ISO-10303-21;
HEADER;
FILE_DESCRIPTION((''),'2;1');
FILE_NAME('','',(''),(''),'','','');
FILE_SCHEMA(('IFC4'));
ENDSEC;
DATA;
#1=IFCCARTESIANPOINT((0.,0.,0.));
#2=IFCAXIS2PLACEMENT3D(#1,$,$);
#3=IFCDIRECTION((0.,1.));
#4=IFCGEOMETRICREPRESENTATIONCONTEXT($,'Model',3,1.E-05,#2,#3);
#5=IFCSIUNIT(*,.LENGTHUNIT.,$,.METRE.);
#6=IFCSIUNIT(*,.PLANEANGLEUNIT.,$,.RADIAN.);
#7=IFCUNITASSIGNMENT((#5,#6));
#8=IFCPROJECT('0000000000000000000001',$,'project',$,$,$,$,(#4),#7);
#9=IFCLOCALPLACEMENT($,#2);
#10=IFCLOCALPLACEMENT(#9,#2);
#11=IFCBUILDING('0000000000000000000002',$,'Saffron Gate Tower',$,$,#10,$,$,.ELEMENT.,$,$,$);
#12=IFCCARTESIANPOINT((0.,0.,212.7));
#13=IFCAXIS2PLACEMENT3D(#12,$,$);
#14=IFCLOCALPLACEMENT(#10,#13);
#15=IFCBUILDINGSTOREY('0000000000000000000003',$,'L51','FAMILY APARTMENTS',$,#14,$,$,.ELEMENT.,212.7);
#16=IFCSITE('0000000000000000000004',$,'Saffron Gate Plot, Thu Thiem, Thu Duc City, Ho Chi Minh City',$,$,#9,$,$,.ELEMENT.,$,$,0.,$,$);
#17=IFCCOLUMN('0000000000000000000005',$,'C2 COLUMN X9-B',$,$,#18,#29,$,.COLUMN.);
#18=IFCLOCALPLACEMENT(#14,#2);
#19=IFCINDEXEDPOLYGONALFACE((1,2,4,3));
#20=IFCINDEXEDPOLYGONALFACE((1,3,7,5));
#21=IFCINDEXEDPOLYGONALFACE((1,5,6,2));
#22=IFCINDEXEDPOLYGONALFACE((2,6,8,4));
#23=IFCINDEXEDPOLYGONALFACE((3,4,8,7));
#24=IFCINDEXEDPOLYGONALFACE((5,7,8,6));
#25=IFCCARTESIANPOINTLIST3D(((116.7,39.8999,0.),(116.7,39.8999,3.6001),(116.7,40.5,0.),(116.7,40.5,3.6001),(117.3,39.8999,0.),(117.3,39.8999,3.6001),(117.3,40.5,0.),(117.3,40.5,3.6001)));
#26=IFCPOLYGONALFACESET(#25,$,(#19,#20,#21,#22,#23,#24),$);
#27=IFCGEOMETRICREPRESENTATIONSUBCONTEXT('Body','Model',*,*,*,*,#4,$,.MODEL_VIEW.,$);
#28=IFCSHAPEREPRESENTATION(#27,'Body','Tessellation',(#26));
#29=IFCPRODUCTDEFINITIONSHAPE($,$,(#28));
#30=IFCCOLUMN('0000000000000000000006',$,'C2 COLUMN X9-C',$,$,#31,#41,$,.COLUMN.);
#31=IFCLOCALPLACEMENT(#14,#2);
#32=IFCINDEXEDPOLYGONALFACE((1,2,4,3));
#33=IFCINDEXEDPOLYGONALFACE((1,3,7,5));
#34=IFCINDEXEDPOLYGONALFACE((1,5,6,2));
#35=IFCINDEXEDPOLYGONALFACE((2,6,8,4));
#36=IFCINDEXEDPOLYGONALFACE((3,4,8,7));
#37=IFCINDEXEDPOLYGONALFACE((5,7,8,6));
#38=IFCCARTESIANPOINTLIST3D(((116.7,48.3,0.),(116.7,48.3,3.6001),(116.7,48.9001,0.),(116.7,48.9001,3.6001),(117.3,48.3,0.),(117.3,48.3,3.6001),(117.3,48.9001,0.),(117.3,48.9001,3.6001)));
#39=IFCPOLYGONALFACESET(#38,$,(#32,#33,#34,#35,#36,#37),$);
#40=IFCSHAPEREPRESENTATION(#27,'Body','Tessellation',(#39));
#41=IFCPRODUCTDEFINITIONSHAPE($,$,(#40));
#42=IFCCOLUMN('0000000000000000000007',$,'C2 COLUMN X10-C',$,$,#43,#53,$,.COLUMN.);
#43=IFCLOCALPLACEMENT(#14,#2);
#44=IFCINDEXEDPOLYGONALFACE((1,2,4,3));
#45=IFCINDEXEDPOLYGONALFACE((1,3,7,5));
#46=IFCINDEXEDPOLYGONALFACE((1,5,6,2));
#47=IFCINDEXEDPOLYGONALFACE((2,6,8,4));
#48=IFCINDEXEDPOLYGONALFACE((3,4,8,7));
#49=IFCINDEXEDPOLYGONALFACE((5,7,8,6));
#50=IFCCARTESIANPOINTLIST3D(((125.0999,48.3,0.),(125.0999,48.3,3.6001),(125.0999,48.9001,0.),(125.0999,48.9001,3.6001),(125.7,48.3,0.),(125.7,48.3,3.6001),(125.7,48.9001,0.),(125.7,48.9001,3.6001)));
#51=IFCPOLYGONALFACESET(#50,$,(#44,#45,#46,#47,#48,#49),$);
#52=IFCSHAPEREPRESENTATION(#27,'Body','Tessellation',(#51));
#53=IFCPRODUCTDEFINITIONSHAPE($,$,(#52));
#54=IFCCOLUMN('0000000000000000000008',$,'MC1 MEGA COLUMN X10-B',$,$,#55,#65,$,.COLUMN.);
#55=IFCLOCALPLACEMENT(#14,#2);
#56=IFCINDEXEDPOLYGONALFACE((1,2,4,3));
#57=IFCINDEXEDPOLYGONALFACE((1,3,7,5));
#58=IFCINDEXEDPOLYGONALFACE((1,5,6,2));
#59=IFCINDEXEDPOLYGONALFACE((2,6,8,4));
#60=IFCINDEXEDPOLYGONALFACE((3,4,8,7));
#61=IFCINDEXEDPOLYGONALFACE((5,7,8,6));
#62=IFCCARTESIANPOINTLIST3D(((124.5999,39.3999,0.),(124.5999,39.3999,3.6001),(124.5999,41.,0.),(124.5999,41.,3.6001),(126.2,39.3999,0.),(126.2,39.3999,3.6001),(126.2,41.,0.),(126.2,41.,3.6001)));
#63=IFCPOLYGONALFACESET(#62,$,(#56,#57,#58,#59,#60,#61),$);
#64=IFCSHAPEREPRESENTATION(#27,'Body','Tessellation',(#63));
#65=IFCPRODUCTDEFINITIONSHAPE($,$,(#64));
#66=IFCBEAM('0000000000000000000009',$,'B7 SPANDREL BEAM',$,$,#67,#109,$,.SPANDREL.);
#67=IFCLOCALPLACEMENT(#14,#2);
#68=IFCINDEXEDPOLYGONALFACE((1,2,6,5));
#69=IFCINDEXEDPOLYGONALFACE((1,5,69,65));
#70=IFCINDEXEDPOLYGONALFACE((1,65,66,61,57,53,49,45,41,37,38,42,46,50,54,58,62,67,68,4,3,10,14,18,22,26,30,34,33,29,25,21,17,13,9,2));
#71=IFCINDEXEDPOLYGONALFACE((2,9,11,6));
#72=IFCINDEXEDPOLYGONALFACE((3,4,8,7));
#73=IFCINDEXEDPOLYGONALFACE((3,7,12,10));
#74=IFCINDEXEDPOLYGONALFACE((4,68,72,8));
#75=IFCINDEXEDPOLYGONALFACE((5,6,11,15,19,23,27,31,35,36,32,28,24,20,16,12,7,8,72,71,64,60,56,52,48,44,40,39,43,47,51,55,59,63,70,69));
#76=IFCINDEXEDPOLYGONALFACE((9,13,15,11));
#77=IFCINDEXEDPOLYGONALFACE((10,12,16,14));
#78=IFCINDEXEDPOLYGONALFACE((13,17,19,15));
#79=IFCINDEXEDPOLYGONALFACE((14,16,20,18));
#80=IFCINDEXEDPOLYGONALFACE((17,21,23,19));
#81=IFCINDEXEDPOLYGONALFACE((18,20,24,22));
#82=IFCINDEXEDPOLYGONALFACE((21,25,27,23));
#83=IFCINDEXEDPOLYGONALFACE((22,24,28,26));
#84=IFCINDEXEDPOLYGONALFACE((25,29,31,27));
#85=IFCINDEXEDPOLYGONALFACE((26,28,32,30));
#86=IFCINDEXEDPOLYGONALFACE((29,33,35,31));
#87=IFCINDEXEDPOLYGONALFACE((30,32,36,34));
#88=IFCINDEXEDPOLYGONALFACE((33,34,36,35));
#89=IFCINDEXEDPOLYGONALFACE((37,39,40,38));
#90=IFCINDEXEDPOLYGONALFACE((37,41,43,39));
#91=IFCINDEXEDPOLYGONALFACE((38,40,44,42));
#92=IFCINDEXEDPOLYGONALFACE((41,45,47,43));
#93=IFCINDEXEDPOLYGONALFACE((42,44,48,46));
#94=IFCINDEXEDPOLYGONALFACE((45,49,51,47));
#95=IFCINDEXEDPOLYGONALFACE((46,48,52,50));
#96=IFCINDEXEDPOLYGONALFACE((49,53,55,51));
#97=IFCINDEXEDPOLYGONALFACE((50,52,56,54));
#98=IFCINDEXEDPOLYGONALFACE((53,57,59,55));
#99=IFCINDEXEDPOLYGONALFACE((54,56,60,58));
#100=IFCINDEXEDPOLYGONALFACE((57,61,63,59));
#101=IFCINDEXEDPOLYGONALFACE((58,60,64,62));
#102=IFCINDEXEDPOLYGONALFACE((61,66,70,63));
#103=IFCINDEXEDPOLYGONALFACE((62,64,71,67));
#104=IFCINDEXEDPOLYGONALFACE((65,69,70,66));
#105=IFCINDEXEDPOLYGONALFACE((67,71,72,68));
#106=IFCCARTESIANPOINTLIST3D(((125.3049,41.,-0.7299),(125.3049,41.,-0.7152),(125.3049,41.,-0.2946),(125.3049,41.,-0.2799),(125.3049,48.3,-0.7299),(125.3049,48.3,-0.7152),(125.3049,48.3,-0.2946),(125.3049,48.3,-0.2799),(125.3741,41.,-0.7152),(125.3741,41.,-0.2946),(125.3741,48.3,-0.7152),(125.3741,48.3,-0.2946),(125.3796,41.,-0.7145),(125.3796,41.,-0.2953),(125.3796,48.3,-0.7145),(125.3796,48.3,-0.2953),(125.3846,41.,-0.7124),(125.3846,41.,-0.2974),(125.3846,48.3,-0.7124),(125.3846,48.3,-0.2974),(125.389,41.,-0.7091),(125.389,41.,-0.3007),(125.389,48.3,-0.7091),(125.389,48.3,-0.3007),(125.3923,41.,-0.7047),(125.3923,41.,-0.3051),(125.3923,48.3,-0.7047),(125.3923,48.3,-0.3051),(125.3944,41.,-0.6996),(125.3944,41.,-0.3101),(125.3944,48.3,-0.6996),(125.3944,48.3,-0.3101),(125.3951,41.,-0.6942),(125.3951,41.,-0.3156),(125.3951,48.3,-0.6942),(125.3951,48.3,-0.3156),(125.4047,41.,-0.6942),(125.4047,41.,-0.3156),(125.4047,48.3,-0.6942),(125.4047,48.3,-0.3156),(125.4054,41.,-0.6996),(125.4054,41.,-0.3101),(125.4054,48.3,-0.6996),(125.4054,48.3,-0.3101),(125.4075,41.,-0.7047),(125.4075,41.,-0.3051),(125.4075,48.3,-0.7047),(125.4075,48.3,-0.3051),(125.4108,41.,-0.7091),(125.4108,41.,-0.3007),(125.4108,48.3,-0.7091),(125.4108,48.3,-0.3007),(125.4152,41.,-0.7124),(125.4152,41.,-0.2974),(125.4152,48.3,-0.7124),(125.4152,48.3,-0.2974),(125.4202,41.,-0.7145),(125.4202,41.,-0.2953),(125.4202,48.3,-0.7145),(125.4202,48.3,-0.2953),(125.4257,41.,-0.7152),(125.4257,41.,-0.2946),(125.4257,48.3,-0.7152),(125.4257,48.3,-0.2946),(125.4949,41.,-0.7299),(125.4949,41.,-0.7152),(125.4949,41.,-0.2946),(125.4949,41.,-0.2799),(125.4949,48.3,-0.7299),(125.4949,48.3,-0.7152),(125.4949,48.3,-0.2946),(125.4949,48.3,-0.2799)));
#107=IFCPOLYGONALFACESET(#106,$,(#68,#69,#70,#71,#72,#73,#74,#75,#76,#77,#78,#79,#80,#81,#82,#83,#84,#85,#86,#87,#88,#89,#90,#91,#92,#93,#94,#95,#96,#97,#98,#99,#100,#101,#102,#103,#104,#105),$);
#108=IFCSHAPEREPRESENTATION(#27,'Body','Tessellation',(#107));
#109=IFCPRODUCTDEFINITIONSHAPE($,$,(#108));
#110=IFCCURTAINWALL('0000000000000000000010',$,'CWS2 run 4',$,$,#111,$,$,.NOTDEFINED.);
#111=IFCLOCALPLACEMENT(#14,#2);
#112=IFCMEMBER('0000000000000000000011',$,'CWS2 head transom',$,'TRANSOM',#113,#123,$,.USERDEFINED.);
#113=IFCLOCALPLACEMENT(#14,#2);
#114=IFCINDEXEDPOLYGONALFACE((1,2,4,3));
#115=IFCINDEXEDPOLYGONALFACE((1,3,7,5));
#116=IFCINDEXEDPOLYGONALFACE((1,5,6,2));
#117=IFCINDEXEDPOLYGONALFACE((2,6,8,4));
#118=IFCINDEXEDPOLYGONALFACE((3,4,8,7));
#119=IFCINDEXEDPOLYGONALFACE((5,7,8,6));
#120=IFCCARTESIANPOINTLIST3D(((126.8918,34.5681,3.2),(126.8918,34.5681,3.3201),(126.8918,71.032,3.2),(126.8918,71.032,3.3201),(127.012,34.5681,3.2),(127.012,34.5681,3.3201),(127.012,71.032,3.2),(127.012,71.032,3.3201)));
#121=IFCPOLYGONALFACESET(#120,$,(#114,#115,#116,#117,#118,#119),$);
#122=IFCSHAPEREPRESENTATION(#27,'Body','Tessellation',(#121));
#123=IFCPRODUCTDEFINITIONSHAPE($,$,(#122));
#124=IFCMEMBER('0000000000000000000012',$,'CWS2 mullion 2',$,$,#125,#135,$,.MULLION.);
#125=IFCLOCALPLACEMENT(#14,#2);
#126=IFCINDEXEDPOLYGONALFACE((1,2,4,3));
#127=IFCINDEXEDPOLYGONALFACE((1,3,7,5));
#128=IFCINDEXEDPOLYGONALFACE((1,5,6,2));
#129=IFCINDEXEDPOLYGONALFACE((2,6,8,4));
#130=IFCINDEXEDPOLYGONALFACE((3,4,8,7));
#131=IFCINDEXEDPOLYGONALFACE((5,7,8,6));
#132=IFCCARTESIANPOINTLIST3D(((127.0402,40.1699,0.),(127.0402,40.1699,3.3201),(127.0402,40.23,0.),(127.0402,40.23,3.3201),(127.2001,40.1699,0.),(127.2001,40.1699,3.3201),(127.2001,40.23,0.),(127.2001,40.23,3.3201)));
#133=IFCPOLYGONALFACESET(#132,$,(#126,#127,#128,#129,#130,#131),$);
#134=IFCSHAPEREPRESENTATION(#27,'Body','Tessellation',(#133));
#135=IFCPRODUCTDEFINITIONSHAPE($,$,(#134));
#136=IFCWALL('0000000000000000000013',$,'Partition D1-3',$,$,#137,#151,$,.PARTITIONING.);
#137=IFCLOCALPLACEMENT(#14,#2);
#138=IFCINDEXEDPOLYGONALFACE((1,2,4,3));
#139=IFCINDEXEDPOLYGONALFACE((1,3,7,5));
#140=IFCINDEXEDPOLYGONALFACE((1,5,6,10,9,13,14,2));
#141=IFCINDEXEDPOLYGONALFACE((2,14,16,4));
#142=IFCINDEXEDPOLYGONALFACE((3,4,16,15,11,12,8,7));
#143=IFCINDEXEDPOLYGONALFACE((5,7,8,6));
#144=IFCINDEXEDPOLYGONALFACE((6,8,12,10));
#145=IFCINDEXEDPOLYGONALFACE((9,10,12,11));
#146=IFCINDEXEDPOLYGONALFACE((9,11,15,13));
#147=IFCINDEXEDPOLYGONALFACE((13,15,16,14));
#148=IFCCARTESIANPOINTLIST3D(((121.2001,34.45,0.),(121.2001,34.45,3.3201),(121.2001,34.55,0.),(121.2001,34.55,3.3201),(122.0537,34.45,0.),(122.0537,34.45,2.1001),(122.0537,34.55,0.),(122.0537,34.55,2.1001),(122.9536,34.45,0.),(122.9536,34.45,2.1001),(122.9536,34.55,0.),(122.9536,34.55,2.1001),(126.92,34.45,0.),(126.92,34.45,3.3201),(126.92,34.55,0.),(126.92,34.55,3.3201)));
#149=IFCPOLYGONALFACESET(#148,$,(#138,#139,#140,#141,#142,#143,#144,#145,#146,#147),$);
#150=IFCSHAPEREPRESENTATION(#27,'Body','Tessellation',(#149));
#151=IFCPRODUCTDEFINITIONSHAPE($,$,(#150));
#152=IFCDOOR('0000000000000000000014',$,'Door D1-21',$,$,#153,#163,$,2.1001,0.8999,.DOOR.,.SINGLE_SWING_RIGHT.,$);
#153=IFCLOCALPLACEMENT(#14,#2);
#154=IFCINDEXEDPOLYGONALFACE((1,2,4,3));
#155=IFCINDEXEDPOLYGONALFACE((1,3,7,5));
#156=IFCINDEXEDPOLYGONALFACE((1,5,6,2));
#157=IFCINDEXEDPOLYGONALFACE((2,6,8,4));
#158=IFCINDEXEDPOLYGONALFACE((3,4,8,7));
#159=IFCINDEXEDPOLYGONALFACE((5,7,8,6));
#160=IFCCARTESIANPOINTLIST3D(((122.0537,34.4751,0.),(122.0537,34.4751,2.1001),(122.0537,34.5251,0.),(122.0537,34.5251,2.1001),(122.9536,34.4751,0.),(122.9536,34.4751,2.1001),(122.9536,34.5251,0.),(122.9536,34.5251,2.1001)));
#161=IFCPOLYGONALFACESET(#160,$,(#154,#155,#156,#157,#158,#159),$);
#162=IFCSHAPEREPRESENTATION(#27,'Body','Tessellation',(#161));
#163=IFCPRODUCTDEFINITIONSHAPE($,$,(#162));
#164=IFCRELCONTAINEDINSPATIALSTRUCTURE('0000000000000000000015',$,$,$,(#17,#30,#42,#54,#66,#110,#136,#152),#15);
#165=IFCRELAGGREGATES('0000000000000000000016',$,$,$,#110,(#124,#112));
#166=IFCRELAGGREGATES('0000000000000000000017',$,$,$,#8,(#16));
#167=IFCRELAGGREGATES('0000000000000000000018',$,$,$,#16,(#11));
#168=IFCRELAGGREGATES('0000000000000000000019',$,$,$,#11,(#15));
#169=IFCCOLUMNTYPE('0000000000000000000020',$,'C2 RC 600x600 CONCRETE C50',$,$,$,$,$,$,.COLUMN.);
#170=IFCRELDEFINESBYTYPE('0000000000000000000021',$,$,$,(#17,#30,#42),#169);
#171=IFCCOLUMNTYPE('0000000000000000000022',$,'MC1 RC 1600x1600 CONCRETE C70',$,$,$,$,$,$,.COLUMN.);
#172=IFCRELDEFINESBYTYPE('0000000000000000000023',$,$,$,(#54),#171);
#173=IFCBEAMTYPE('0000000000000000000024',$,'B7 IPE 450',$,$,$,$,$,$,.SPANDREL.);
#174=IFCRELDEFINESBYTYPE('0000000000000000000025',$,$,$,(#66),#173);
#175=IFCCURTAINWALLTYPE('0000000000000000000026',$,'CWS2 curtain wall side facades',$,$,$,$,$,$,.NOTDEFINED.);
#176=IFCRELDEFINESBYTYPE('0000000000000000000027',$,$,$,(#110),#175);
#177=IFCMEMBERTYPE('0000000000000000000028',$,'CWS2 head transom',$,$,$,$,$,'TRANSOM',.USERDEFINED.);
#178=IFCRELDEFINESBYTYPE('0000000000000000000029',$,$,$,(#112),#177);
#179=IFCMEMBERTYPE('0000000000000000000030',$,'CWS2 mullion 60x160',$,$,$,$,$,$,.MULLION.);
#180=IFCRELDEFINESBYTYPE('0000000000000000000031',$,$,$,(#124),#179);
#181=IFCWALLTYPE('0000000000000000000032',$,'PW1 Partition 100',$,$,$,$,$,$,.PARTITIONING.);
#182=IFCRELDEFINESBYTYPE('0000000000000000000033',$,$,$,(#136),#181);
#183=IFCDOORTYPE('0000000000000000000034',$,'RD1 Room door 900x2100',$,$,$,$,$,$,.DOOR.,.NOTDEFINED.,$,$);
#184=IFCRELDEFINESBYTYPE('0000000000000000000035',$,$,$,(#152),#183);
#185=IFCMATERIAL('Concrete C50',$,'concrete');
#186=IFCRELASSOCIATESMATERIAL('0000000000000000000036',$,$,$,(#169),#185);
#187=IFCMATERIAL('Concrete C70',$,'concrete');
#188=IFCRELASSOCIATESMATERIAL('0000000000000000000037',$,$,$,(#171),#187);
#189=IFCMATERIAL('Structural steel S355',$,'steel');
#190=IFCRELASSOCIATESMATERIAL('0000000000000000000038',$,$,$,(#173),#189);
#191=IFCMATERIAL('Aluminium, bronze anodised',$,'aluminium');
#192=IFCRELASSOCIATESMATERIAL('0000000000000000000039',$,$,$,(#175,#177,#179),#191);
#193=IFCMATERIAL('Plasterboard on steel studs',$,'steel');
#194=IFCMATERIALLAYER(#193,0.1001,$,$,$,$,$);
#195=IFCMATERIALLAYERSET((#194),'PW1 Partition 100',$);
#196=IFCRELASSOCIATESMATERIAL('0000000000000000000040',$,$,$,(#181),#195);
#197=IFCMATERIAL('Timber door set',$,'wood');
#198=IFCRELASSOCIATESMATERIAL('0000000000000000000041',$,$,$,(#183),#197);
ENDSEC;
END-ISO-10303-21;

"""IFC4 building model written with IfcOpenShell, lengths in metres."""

from ifc_helpers import new_model, si_unit, direction, frame, frame_2d, origin, origin_2d, place, context, subcontext, project, spatial, rectangle, i_section, extrude, material, layer, layer_set, material_profile, profile_set, type_object, element, fill, aggregate, save


model = new_model("IFC4")

# Units and contexts
model_context = context("Model", 3, precision=1e-05, world=origin(), true_north=direction((0.0, 1.0)))
body_context = subcontext(model_context, "Body", "Model", "MODEL_VIEW")
ifc_project = project(units=[si_unit("LENGTHUNIT", "METRE"), si_unit("PLANEANGLEUNIT", "RADIAN")], contexts=[model_context])

# Site, building, storey
site_placement = place(None, origin())
site = spatial("IfcSite", under=ifc_project, at=site_placement, Name="Saffron Gate Plot, Thu Thiem, Thu Duc City, Ho Chi Minh City", CompositionType="ELEMENT", RefElevation=0.0)
building_placement = place(site_placement, origin())
building = spatial("IfcBuilding", under=site, at=building_placement, Name="Saffron Gate Tower", CompositionType="ELEMENT")
storey_placement = place(building_placement, frame((0.0, 0.0, 212.7)))
storey = spatial("IfcBuildingStorey", under=building, at=storey_placement, Name="L51", Description="FAMILY APARTMENTS", CompositionType="ELEMENT", Elevation=212.7)

# Columns
ifc_material_1 = material(Name="Concrete C50", Category="concrete")
ifc_material_profile_1 = material_profile(ifc_material_1, rectangle(XDim=0.6001, YDim=0.6001, at=origin_2d()))
ifc_profile_set_1 = profile_set([ifc_material_profile_1], Name="Concrete C50")
column_type_1 = type_object("IfcColumnType", Name="C2 RC 600x600 CONCRETE C50", PredefinedType="COLUMN", material=ifc_profile_set_1)
for number, where, z_axis, x_axis, name in (
    (1, (117.0, 40.2, 0.0), (0.0, 0.0, 1.0), (1.0, 0.0, 0.0), "C2 COLUMN X9-B"),
    (2, (117.0, 48.6001, 0.0), (0.0, 0.0, 1.0), (1.0, 0.0, 0.0), "C2 COLUMN X9-C"),
    (3, (125.3999, 48.6001, 0.0), (0.0, 0.0, 1.0), (1.0, 0.0, 0.0), "C2 COLUMN X10-C"),
):
    element("IfcColumn", number, at=place(storey_placement, frame(where, z_axis=z_axis, x_axis=x_axis)), inside=storey, type_object=column_type_1, Name=name, PredefinedType="COLUMN", context=body_context, shape_type="SweptSolid", body=[
        extrude(rectangle(XDim=0.6001, YDim=0.6001, at=origin_2d()), origin(), (0.0, 0.0, 1.0), 3.6001),
    ])
ifc_material_2 = material(Name="Concrete C70", Category="concrete")
ifc_material_profile_2 = material_profile(ifc_material_2, rectangle(XDim=1.6001, YDim=1.6001, at=origin_2d()))
ifc_profile_set_2 = profile_set([ifc_material_profile_2], Name="Concrete C70")
column_type_2 = type_object("IfcColumnType", Name="MC1 RC 1600x1600 CONCRETE C70", PredefinedType="COLUMN", material=ifc_profile_set_2)
column_placement = place(storey_placement, frame((125.3999, 40.2, 0.0), z_axis=(0.0, 0.0, 1.0), x_axis=(1.0, 0.0, 0.0)))
element("IfcColumn", 4, at=column_placement, inside=storey, type_object=column_type_2, Name="MC1 MEGA COLUMN X10-B", PredefinedType="COLUMN", context=body_context, shape_type="SweptSolid", body=[
    extrude(rectangle(XDim=1.6001, YDim=1.6001, at=origin_2d()), origin(), (0.0, 0.0, 1.0), 3.6001),
])

# Beam
ifc_material_3 = material(Name="Structural steel S355", Category="steel")
ifc_material_profile_3 = material_profile(ifc_material_3, i_section(OverallWidth=0.1899, OverallDepth=0.45, WebThickness=0.0095, FlangeThickness=0.0146, FilletRadius=0.021, at=origin_2d()))
ifc_profile_set_3 = profile_set([ifc_material_profile_3], Name="Structural steel S355")
beam_type = type_object("IfcBeamType", Name="B7 IPE 450", PredefinedType="SPANDREL", material=ifc_profile_set_3)
beam_placement = place(storey_placement, frame((125.3999, 41.0, -0.5049), z_axis=(0.0, 1.0, 0.0), x_axis=(-1.0, 0.0, 0.0)))
element("IfcBeam", 5, at=beam_placement, inside=storey, type_object=beam_type, Name="B7 SPANDREL BEAM", PredefinedType="SPANDREL", context=body_context, shape_type="SweptSolid", body=[
    extrude(i_section(OverallWidth=0.1899, OverallDepth=0.45, WebThickness=0.0095, FlangeThickness=0.0146, FilletRadius=0.021, at=origin_2d()), origin(), (0.0, 0.0, 1.0), 7.3),
])

# Curtain wall, members
ifc_material_4 = material(Name="Aluminium, bronze anodised", Category="aluminium")
curtain_wall_type = type_object("IfcCurtainWallType", Name="CWS2 curtain wall side facades", PredefinedType="NOTDEFINED", material=ifc_material_4)
curtain_wall_placement = place(storey_placement, origin())
curtain_wall = element("IfcCurtainWall", 6, at=curtain_wall_placement, inside=storey, type_object=curtain_wall_type, Name="CWS2 run 4", PredefinedType="NOTDEFINED")
ifc_material_profile_4 = material_profile(ifc_material_4, rectangle(XDim=0.1201, YDim=0.1201, at=origin_2d()))
ifc_profile_set_4 = profile_set([ifc_material_profile_4], Name="Aluminium, bronze anodised")
member_type_1 = type_object("IfcMemberType", Name="CWS2 head transom", ElementType="TRANSOM", PredefinedType="USERDEFINED", material=ifc_profile_set_4)
member_1_placement = place(storey_placement, frame((126.9519, 34.5681, 3.26), z_axis=(0.0, 1.0, 0.0), x_axis=(-1.0, 0.0, 0.0)))
member_1 = element("IfcMember", 7, at=member_1_placement, type_object=member_type_1, Name="CWS2 head transom", ObjectType="TRANSOM", PredefinedType="USERDEFINED", context=body_context, shape_type="SweptSolid", body=[
    extrude(rectangle(XDim=0.1201, YDim=0.1201, at=origin_2d()), origin(), (0.0, 0.0, 1.0), 36.4639),
])
ifc_material_profile_5 = material_profile(ifc_material_4, rectangle(XDim=0.1599, YDim=0.0601, at=origin_2d()))
ifc_profile_set_5 = profile_set([ifc_material_profile_5], Name="Aluminium, bronze anodised")
member_type_2 = type_object("IfcMemberType", Name="CWS2 mullion 60x160", PredefinedType="MULLION", material=ifc_profile_set_5)
member_2_placement = place(storey_placement, frame((127.1201, 40.2, 0.0), z_axis=(0.0, 0.0, 1.0), x_axis=(-1.0, 0.0, 0.0)))
member_2 = element("IfcMember", 8, at=member_2_placement, type_object=member_type_2, Name="CWS2 mullion 2", PredefinedType="MULLION", context=body_context, shape_type="SweptSolid", body=[
    extrude(rectangle(XDim=0.1599, YDim=0.0601, at=origin_2d()), origin(), (0.0, 0.0, 1.0), 3.3201),
])
aggregate(curtain_wall, [member_2, member_1])

# Wall, opening, door
ifc_material_5 = material(Name="Plasterboard on steel studs", Category="steel")
ifc_layer_1 = layer(ifc_material_5, 0.1001)
ifc_layer_set_1 = layer_set([ifc_layer_1], Name="PW1 Partition 100")
wall_type_1 = type_object("IfcWallType", Name="PW1 Partition 100", PredefinedType="PARTITIONING", material=ifc_layer_set_1)
wall_1_placement = place(storey_placement, frame((126.9199, 34.5, 0.0), z_axis=(0.0, 0.0, 1.0), x_axis=(-1.0, 0.0, 0.0)))
wall_1 = element("IfcWall", 9, at=wall_1_placement, inside=storey, type_object=wall_type_1, Name="Partition D1-3", PredefinedType="PARTITIONING", context=body_context, shape_type="SweptSolid", body=[
    extrude(rectangle(XDim=5.72, YDim=0.1001, at=frame_2d((2.8599, 0.0))), origin(), (0.0, 0.0, 1.0), 3.3201),
])
opening_1_placement = place(wall_1_placement, frame((3.9663, 0.0, 0.0)))
opening_1 = element("IfcOpeningElement", 10, at=opening_1_placement, cuts=wall_1, PredefinedType="OPENING", context=body_context, shape_type="SweptSolid", body=[
    extrude(rectangle(XDim=0.8999, YDim=2.1001, at=frame_2d((0.45, 1.05))), frame((0.0, 0.0601, 0.0), z_axis=(0.0, -1.0, 0.0), x_axis=(1.0, 0.0, 0.0)), (0.0, 0.0, 1.0), 0.1201),
])
ifc_material_6 = material(Name="Timber door set", Category="wood")
door_type_1 = type_object("IfcDoorType", Name="RD1 Room door 900x2100", OperationType="NOTDEFINED", PredefinedType="DOOR", material=ifc_material_6)
door_1_placement = place(opening_1_placement, origin())
door_1 = element("IfcDoor", 11, at=door_1_placement, inside=storey, type_object=door_type_1, Name="Door D1-21", OperationType="SINGLE_SWING_RIGHT", OverallHeight=2.1001, OverallWidth=0.8999, PredefinedType="DOOR", context=body_context, shape_type="SweptSolid", body=[
    extrude(rectangle(XDim=0.8999, YDim=2.1001, at=frame_2d((0.45, 1.05))), frame((0.0, 0.0249, 0.0), z_axis=(0.0, -1.0, 0.0), x_axis=(1.0, 0.0, 0.0)), (0.0, 0.0, 1.0), 0.05),
])
fill(opening_1, door_1)

save(model, "model.ifc")
